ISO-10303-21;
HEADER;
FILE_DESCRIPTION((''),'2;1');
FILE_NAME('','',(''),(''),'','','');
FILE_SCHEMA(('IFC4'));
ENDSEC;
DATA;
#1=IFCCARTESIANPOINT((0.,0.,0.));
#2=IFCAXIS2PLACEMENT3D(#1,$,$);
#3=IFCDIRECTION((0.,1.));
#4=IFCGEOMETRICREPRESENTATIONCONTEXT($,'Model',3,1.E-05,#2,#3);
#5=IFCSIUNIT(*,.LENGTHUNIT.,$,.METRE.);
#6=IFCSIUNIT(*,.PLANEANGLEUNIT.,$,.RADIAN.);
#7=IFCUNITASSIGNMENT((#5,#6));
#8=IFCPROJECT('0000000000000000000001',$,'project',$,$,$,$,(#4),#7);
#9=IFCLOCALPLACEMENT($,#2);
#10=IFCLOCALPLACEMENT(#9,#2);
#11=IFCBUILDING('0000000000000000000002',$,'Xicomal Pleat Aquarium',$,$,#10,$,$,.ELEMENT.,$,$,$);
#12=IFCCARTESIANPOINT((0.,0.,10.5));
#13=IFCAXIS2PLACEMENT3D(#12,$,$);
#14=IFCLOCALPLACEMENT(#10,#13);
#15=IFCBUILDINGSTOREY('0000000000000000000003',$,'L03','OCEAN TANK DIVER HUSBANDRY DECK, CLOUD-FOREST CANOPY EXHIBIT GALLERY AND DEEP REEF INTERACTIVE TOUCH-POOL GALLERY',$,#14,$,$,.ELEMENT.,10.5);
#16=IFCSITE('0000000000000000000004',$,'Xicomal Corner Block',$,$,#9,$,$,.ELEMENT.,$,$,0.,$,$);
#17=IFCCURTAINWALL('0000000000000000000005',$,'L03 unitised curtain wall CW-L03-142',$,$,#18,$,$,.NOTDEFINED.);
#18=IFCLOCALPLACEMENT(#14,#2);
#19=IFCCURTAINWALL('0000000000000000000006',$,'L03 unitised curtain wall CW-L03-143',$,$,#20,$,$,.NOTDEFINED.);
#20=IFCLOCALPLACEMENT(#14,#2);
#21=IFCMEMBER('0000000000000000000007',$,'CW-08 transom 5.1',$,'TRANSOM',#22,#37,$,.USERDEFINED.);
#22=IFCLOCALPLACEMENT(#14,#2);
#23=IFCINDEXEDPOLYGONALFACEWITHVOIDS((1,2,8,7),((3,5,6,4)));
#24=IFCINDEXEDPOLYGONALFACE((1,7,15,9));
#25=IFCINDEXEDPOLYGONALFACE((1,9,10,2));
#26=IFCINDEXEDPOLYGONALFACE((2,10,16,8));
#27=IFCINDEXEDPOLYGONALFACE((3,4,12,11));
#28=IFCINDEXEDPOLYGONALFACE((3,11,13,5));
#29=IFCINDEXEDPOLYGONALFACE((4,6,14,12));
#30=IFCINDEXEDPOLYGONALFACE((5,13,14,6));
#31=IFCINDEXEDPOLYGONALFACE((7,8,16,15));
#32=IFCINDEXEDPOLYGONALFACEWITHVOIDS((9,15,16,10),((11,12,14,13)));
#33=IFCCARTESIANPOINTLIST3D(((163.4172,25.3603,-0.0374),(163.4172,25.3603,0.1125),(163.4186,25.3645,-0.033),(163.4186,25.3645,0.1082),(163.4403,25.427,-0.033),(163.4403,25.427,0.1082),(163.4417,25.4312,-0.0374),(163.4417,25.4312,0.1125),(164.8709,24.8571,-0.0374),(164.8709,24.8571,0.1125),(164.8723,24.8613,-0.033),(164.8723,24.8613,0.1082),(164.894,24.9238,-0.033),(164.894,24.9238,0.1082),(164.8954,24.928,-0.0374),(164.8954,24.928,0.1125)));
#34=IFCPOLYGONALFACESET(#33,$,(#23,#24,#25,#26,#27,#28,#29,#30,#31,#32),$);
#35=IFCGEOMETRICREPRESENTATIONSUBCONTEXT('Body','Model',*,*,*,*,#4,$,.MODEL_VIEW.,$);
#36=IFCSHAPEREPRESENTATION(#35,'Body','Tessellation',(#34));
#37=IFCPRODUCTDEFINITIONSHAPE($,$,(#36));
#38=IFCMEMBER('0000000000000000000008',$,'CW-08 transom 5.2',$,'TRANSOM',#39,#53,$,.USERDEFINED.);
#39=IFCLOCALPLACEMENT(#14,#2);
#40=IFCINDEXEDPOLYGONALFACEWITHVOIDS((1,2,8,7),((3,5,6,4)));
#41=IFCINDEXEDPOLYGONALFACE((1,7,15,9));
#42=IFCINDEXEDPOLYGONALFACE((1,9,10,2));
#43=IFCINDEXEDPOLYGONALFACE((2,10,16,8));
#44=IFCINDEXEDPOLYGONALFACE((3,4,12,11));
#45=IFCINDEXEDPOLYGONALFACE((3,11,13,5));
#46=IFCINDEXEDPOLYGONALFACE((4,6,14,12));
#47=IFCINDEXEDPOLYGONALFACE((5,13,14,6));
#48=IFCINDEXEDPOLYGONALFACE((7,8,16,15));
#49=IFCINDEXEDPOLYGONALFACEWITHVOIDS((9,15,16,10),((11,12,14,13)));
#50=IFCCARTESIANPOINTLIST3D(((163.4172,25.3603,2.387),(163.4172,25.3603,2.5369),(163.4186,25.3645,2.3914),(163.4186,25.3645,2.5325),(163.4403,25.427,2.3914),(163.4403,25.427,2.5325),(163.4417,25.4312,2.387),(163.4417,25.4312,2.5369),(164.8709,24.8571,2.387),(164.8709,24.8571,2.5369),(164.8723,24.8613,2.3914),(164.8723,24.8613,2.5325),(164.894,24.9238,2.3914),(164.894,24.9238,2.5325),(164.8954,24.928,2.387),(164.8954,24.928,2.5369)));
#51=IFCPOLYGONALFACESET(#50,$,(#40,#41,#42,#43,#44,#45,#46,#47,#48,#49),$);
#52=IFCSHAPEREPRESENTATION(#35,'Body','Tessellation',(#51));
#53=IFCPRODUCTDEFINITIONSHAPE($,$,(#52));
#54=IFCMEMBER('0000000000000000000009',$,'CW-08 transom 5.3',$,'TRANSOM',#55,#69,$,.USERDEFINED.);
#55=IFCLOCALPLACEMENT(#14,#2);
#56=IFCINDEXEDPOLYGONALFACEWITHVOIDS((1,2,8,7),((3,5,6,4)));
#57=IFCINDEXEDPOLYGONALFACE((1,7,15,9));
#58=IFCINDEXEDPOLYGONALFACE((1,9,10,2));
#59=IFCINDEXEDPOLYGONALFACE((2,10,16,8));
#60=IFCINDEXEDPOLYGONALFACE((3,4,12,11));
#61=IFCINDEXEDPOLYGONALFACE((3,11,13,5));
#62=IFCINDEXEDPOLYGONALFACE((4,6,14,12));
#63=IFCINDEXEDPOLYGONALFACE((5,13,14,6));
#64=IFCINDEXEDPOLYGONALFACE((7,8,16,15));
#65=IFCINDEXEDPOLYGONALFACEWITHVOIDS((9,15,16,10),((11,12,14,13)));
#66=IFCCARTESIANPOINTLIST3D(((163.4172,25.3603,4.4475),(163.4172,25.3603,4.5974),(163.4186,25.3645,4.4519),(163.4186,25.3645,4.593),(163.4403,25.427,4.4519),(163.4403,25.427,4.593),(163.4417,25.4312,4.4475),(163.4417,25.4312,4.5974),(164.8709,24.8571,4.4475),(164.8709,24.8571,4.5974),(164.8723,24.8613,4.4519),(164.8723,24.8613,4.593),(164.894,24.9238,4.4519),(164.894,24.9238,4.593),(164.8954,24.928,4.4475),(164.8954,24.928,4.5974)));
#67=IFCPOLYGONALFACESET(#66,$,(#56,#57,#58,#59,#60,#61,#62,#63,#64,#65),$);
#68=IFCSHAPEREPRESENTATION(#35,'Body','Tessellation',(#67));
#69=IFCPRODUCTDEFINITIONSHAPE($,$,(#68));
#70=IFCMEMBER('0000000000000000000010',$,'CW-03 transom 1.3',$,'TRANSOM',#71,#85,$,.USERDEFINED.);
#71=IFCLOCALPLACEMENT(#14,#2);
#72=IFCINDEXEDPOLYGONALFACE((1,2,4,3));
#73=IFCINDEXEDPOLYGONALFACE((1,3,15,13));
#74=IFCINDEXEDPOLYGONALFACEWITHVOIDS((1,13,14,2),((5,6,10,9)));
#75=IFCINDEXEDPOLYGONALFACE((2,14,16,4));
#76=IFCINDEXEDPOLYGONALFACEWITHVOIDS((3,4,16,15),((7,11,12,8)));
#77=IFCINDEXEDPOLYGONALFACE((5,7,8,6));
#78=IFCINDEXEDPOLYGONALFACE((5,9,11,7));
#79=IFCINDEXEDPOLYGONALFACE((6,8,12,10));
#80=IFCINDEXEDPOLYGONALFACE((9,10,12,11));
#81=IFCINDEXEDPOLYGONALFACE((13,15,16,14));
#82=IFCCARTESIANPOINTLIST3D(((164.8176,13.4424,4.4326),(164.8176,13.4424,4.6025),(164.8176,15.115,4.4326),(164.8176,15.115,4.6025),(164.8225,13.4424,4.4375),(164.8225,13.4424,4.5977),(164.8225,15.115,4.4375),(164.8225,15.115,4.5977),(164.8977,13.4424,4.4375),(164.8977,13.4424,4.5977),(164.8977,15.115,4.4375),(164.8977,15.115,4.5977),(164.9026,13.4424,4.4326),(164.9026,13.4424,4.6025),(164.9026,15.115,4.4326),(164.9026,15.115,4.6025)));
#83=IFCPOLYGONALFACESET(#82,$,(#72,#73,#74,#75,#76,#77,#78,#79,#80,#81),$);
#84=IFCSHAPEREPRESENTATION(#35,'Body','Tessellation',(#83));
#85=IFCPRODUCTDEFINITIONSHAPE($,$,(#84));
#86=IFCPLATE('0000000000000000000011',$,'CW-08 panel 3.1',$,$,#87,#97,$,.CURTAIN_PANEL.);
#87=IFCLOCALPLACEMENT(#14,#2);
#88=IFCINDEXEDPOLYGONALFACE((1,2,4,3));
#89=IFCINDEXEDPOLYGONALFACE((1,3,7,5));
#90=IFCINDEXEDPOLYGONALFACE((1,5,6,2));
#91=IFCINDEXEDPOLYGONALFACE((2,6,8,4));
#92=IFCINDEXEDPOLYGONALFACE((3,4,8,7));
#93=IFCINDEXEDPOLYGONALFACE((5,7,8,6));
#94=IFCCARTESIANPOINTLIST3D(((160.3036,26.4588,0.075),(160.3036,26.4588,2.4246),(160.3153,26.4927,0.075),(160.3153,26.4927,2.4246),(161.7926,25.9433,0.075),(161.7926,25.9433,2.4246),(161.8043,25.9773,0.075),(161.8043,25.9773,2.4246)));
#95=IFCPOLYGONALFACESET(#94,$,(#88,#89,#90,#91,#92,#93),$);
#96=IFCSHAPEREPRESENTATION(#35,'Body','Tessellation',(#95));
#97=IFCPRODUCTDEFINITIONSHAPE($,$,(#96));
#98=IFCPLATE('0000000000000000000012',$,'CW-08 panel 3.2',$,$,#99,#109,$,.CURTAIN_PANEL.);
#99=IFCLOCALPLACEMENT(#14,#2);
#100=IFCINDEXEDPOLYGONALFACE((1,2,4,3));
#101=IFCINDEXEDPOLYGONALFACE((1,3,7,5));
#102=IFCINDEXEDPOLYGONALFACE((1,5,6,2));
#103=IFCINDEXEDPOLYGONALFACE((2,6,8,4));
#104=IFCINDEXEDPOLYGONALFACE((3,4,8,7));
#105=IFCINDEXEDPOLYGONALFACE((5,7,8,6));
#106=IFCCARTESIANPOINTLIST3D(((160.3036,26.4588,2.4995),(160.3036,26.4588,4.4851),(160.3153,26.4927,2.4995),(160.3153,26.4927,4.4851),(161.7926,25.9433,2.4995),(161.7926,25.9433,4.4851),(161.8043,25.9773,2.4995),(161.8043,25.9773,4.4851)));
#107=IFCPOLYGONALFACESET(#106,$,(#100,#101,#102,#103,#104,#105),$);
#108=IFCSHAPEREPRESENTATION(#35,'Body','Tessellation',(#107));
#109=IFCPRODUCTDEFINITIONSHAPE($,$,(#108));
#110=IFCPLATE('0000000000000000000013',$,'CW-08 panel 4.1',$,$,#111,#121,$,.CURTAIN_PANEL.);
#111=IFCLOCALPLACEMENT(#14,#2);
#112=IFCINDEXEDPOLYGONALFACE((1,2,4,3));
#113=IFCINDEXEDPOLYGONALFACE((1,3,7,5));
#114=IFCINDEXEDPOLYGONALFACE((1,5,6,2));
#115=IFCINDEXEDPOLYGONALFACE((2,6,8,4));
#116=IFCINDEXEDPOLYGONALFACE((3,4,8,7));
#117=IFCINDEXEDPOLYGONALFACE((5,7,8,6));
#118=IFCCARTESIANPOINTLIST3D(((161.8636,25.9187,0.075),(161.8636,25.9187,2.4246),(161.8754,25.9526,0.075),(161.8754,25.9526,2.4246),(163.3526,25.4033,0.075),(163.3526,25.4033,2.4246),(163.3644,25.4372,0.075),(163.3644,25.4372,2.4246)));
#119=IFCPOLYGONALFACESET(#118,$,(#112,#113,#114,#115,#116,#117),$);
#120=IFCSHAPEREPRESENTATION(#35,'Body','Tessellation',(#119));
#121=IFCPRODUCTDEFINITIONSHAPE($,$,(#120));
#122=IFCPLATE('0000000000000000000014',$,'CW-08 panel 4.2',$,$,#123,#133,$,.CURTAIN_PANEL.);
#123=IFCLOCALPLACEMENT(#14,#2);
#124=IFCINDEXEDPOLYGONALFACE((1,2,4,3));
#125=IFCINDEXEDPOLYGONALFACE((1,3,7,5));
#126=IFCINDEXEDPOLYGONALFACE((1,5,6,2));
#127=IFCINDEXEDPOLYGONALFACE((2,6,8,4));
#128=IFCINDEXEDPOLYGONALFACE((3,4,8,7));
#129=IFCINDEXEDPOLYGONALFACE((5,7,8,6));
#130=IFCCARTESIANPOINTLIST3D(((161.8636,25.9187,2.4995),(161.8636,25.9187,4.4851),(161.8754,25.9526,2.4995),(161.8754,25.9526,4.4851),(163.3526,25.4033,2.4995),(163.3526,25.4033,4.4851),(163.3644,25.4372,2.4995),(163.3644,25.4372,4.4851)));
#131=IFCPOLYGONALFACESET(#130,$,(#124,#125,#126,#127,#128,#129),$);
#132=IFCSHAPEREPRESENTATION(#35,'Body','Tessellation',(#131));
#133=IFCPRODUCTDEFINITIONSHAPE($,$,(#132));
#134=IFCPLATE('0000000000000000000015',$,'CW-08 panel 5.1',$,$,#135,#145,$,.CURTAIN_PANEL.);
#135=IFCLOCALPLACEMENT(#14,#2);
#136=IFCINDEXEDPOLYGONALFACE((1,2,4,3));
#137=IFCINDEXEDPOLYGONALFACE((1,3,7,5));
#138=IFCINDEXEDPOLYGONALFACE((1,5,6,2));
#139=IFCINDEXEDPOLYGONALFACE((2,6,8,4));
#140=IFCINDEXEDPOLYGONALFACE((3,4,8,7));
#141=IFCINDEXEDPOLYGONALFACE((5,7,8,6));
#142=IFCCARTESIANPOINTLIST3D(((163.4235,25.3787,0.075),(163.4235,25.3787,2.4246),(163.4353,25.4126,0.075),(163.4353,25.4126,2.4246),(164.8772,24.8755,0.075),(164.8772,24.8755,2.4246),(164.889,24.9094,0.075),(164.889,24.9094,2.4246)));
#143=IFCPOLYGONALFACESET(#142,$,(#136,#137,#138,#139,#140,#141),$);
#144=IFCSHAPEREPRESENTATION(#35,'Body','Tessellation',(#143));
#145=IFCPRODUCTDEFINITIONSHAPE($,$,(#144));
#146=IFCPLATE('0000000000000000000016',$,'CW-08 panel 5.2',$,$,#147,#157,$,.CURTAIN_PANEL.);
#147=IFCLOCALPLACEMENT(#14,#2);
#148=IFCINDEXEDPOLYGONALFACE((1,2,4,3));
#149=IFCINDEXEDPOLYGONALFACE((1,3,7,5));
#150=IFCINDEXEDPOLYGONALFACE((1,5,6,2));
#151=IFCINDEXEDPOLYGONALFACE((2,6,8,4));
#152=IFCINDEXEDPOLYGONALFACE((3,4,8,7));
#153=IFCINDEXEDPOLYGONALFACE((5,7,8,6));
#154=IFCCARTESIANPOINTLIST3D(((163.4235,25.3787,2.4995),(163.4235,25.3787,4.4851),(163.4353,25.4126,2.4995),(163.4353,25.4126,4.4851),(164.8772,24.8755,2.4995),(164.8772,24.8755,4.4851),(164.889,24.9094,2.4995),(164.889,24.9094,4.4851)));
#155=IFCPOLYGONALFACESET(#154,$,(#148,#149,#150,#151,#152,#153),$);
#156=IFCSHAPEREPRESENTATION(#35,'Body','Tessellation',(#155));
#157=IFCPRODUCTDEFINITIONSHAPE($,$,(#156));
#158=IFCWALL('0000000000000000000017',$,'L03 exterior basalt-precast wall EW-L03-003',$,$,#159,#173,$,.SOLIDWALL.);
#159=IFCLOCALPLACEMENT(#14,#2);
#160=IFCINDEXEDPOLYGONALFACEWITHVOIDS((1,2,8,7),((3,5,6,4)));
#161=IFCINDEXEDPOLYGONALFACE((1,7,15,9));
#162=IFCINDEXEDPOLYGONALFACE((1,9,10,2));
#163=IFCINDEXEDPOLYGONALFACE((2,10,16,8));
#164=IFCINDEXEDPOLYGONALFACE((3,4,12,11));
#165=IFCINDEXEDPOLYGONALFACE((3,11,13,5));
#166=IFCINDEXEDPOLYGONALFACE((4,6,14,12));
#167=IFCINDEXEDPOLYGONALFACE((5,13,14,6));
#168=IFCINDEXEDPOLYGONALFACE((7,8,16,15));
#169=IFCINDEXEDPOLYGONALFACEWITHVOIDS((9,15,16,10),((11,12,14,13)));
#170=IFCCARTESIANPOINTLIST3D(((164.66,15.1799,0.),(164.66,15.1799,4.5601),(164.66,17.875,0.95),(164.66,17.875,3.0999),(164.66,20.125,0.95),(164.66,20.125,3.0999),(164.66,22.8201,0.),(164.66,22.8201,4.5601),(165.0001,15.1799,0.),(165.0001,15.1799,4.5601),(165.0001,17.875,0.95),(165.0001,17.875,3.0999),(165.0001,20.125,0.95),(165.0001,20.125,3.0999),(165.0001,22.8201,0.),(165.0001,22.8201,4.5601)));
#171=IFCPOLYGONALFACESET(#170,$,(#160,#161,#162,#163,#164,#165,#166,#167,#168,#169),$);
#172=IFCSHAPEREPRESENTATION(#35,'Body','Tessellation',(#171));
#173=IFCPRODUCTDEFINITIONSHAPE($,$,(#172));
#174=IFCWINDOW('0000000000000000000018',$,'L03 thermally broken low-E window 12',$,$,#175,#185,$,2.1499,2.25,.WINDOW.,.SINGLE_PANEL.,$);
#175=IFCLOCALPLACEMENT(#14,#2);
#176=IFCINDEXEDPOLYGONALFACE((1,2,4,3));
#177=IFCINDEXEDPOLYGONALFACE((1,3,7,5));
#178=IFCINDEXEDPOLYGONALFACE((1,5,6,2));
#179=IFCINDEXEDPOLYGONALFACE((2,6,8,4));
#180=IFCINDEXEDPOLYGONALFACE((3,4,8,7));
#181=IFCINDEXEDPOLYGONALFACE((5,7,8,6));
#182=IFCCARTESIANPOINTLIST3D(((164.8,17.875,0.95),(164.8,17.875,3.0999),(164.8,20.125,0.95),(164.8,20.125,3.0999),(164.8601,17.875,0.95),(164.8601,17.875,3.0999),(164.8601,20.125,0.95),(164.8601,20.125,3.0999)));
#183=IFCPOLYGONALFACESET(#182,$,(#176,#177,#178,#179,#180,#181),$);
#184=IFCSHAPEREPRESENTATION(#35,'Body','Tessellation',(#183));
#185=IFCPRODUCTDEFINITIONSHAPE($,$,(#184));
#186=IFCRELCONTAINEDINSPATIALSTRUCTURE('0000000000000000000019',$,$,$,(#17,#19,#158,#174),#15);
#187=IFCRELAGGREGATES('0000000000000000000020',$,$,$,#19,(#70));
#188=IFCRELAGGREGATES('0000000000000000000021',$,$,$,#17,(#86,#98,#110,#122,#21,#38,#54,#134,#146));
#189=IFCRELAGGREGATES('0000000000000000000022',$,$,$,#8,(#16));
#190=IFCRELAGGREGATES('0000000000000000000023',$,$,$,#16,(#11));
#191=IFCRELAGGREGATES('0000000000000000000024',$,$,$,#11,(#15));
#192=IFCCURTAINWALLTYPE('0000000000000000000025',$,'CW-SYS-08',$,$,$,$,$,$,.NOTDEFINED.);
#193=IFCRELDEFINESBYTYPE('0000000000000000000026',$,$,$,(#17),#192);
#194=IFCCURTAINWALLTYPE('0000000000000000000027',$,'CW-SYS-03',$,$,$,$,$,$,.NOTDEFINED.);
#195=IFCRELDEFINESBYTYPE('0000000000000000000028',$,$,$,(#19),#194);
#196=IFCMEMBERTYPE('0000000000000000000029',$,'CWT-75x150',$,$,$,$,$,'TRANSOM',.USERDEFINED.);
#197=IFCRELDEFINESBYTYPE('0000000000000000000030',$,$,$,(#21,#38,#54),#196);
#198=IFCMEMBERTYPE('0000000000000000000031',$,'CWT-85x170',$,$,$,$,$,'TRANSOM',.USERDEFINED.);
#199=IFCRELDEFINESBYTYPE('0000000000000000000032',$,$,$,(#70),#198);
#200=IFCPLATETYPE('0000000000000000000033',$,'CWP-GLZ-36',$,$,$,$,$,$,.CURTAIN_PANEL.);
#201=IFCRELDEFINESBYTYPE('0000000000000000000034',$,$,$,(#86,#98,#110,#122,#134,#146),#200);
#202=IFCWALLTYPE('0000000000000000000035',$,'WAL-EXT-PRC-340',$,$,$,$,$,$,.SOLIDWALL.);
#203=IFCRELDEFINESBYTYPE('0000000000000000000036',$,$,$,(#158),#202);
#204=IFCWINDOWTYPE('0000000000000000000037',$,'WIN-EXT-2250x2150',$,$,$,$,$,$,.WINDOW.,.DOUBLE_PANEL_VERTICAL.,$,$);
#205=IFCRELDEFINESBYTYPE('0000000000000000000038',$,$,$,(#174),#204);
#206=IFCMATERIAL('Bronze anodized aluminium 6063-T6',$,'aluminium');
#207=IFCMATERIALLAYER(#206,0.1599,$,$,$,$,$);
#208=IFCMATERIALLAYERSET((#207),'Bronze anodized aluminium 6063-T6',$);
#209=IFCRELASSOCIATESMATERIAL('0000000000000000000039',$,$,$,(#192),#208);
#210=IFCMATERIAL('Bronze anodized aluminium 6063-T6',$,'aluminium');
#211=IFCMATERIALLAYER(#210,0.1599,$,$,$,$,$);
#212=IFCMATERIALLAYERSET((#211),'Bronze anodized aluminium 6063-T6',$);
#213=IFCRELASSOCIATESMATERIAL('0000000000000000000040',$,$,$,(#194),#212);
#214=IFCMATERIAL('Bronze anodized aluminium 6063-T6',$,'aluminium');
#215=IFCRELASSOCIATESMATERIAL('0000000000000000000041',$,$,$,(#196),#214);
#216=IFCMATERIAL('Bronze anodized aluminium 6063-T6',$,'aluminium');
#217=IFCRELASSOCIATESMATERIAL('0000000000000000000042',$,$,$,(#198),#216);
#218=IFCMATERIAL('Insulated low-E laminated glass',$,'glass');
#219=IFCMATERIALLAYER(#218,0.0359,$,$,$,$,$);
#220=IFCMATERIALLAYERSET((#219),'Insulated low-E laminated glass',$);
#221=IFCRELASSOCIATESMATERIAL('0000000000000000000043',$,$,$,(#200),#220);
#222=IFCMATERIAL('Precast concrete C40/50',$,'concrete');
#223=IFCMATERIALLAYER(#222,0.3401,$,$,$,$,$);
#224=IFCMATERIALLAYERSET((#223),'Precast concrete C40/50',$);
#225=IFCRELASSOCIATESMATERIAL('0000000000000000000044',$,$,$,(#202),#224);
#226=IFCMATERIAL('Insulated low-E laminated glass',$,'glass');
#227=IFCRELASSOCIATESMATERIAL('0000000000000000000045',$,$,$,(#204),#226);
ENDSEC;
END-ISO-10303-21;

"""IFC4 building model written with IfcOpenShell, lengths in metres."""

from ifc_helpers import new_model, si_unit, direction, frame, frame_2d, origin, origin_2d, place, context, subcontext, project, spatial, rectangle, hollow_rectangle, extrude, material, layer, layer_set, material_profile, profile_set, type_object, element, fill, aggregate, save


model = new_model("IFC4")

# Units and contexts
model_context = context("Model", 3, precision=1e-05, world=origin(), true_north=direction((0.0, 1.0)))
body_context = subcontext(model_context, "Body", "Model", "MODEL_VIEW")
ifc_project = project(units=[si_unit("LENGTHUNIT", "METRE"), si_unit("PLANEANGLEUNIT", "RADIAN")], contexts=[model_context])

# Site, building, storey
site_placement = place(None, origin())
site = spatial("IfcSite", under=ifc_project, at=site_placement, Name="Xicomal Corner Block", CompositionType="ELEMENT", RefElevation=0.0)
building_placement = place(site_placement, origin())
building = spatial("IfcBuilding", under=site, at=building_placement, Name="Xicomal Pleat Aquarium", CompositionType="ELEMENT")
storey_placement = place(building_placement, frame((0.0, 0.0, 10.5)))
storey = spatial("IfcBuildingStorey", under=building, at=storey_placement, Name="L03", Description="OCEAN TANK DIVER HUSBANDRY DECK, CLOUD-FOREST CANOPY EXHIBIT GALLERY AND DEEP REEF INTERACTIVE TOUCH-POOL GALLERY", CompositionType="ELEMENT", Elevation=10.5)

# Curtain wall
ifc_material_1 = material(Name="Bronze anodized aluminium 6063-T6", Category="aluminium")
ifc_layer_1 = layer(ifc_material_1, 0.1599)
ifc_layer_set_1 = layer_set([ifc_layer_1], Name="Bronze anodized aluminium 6063-T6")
curtain_wall_type_1 = type_object("IfcCurtainWallType", Name="CW-SYS-08", PredefinedType="NOTDEFINED", material=ifc_layer_set_1)
curtain_wall_1_placement = place(storey_placement, origin())
curtain_wall_1 = element("IfcCurtainWall", 1, at=curtain_wall_1_placement, inside=storey, type_object=curtain_wall_type_1, Name="L03 unitised curtain wall CW-L03-142", PredefinedType="NOTDEFINED")

# Curtain wall
ifc_material_2 = material(Name="Bronze anodized aluminium 6063-T6", Category="aluminium")
ifc_layer_2 = layer(ifc_material_2, 0.1599)
ifc_layer_set_2 = layer_set([ifc_layer_2], Name="Bronze anodized aluminium 6063-T6")
curtain_wall_type_2 = type_object("IfcCurtainWallType", Name="CW-SYS-03", PredefinedType="NOTDEFINED", material=ifc_layer_set_2)
curtain_wall_2_placement = place(storey_placement, origin())
curtain_wall_2 = element("IfcCurtainWall", 2, at=curtain_wall_2_placement, inside=storey, type_object=curtain_wall_type_2, Name="L03 unitised curtain wall CW-L03-143", PredefinedType="NOTDEFINED")

# Members
ifc_material_3 = material(Name="Bronze anodized aluminium 6063-T6", Category="aluminium")
ifc_material_profile_1 = material_profile(ifc_material_3, hollow_rectangle(XDim=0.075, YDim=0.1499, WallThickness=0.0044, at=origin_2d()), Name="ALU TRAN 75x150")
ifc_profile_set_1 = profile_set([ifc_material_profile_1], Name="Bronze anodized aluminium 6063-T6")
member_type_1 = type_object("IfcMemberType", Name="CWT-75x150", ElementType="TRANSOM", PredefinedType="USERDEFINED", material=ifc_profile_set_1)
member_1_placement = place(storey_placement, frame((163.4294, 25.3958, 0.0376), z_axis=(0.944986, -0.327111, 0.0), x_axis=(0.327111, 0.944986, 0.0)))
member_1 = element("IfcMember", 3, at=member_1_placement, type_object=member_type_1, Name="CW-08 transom 5.1", ObjectType="TRANSOM", PredefinedType="USERDEFINED", context=body_context, shape_type="SweptSolid", body=[
    extrude(hollow_rectangle(XDim=0.075, YDim=0.1499, WallThickness=0.0044, at=origin_2d()), origin(), (0.0, 0.0, 1.0), 1.5383),
])
member_2_placement = place(storey_placement, frame((163.4294, 25.3958, 2.4619), z_axis=(0.944986, -0.327111, 0.0), x_axis=(0.327111, 0.944986, 0.0)))
member_2 = element("IfcMember", 4, at=member_2_placement, type_object=member_type_1, Name="CW-08 transom 5.2", ObjectType="TRANSOM", PredefinedType="USERDEFINED", context=body_context, shape_type="SweptSolid", body=[
    extrude(hollow_rectangle(XDim=0.075, YDim=0.1499, WallThickness=0.0044, at=origin_2d()), origin(), (0.0, 0.0, 1.0), 1.5383),
])
member_3_placement = place(storey_placement, frame((163.4294, 25.3958, 4.5225), z_axis=(0.944986, -0.327111, 0.0), x_axis=(0.327111, 0.944986, 0.0)))
member_3 = element("IfcMember", 5, at=member_3_placement, type_object=member_type_1, Name="CW-08 transom 5.3", ObjectType="TRANSOM", PredefinedType="USERDEFINED", context=body_context, shape_type="SweptSolid", body=[
    extrude(hollow_rectangle(XDim=0.075, YDim=0.1499, WallThickness=0.0044, at=origin_2d()), origin(), (0.0, 0.0, 1.0), 1.5383),
])
ifc_material_4 = material(Name="Bronze anodized aluminium 6063-T6", Category="aluminium")
ifc_material_profile_2 = material_profile(ifc_material_4, hollow_rectangle(XDim=0.085, YDim=0.1699, WallThickness=0.0049, at=origin_2d()), Name="ALU TRAN 85x170")
ifc_profile_set_2 = profile_set([ifc_material_profile_2], Name="Bronze anodized aluminium 6063-T6")
member_type_2 = type_object("IfcMemberType", Name="CWT-85x170", ElementType="TRANSOM", PredefinedType="USERDEFINED", material=ifc_profile_set_2)
member_4_placement = place(storey_placement, frame((164.8601, 15.115, 4.5176), z_axis=(0.0, -1.0, 0.0), x_axis=(1.0, 0.0, 0.0)))
member_4 = element("IfcMember", 6, at=member_4_placement, type_object=member_type_2, Name="CW-03 transom 1.3", ObjectType="TRANSOM", PredefinedType="USERDEFINED", context=body_context, shape_type="SweptSolid", body=[
    extrude(hollow_rectangle(XDim=0.085, YDim=0.1699, WallThickness=0.0049, at=origin_2d()), origin(), (0.0, 0.0, 1.0), 1.6726),
])
aggregate(curtain_wall_2, [member_4])

# Plates
ifc_material_5 = material(Name="Insulated low-E laminated glass", Category="glass")
ifc_layer_3 = layer(ifc_material_5, 0.0359)
ifc_layer_set_3 = layer_set([ifc_layer_3], Name="Insulated low-E laminated glass")
plate_type = type_object("IfcPlateType", Name="CWP-GLZ-36", PredefinedType="CURTAIN_PANEL", material=ifc_layer_set_3)
plate_1_placement = place(storey_placement, frame((161.054, 26.218, 0.075), z_axis=(0.0, 0.0, 1.0), x_axis=(0.944986, -0.327111, 0.0)))
plate_1 = element("IfcPlate", 7, at=plate_1_placement, type_object=plate_type, Name="CW-08 panel 3.1", PredefinedType="CURTAIN_PANEL", context=body_context, shape_type="SweptSolid", body=[
    extrude(rectangle(XDim=1.5757, YDim=0.0359, at=origin_2d()), origin(), (0.0, 0.0, 1.0), 2.3496),
])
plate_2_placement = place(storey_placement, frame((161.054, 26.218, 2.4995), z_axis=(0.0, 0.0, 1.0), x_axis=(0.944986, -0.327111, 0.0)))
plate_2 = element("IfcPlate", 8, at=plate_2_placement, type_object=plate_type, Name="CW-08 panel 3.2", PredefinedType="CURTAIN_PANEL", context=body_context, shape_type="SweptSolid", body=[
    extrude(rectangle(XDim=1.5757, YDim=0.0359, at=origin_2d()), origin(), (0.0, 0.0, 1.0), 1.9856),
])
plate_3_placement = place(storey_placement, frame((162.614, 25.678, 0.075), z_axis=(0.0, 0.0, 1.0), x_axis=(0.944986, -0.327111, 0.0)))
plate_3 = element("IfcPlate", 9, at=plate_3_placement, type_object=plate_type, Name="CW-08 panel 4.1", PredefinedType="CURTAIN_PANEL", context=body_context, shape_type="SweptSolid", body=[
    extrude(rectangle(XDim=1.5757, YDim=0.0359, at=origin_2d()), origin(), (0.0, 0.0, 1.0), 2.3496),
])
plate_4_placement = place(storey_placement, frame((162.614, 25.678, 2.4995), z_axis=(0.0, 0.0, 1.0), x_axis=(0.944986, -0.327111, 0.0)))
plate_4 = element("IfcPlate", 10, at=plate_4_placement, type_object=plate_type, Name="CW-08 panel 4.2", PredefinedType="CURTAIN_PANEL", context=body_context, shape_type="SweptSolid", body=[
    extrude(rectangle(XDim=1.5757, YDim=0.0359, at=origin_2d()), origin(), (0.0, 0.0, 1.0), 1.9856),
])
plate_5_placement = place(storey_placement, frame((164.1562, 25.144, 0.075), z_axis=(0.0, 0.0, 1.0), x_axis=(0.944986, -0.327111, 0.0)))
plate_5 = element("IfcPlate", 11, at=plate_5_placement, type_object=plate_type, Name="CW-08 panel 5.1", PredefinedType="CURTAIN_PANEL", context=body_context, shape_type="SweptSolid", body=[
    extrude(rectangle(XDim=1.5383, YDim=0.0359, at=origin_2d()), origin(), (0.0, 0.0, 1.0), 2.3496),
])
plate_6_placement = place(storey_placement, frame((164.1562, 25.144, 2.4995), z_axis=(0.0, 0.0, 1.0), x_axis=(0.944986, -0.327111, 0.0)))
plate_6 = element("IfcPlate", 12, at=plate_6_placement, type_object=plate_type, Name="CW-08 panel 5.2", PredefinedType="CURTAIN_PANEL", context=body_context, shape_type="SweptSolid", body=[
    extrude(rectangle(XDim=1.5383, YDim=0.0359, at=origin_2d()), origin(), (0.0, 0.0, 1.0), 1.9856),
])
aggregate(curtain_wall_1, [plate_1, plate_2, plate_3, plate_4, member_1, member_2, member_3, plate_5, plate_6])

# Wall, opening, window
ifc_material_6 = material(Name="Precast concrete C40/50", Category="concrete")
ifc_layer_4 = layer(ifc_material_6, 0.3401)
ifc_layer_set_4 = layer_set([ifc_layer_4], Name="Precast concrete C40/50")
wall_type = type_object("IfcWallType", Name="WAL-EXT-PRC-340", PredefinedType="SOLIDWALL", material=ifc_layer_set_4)
wall_placement = place(storey_placement, frame((164.8301, 22.8201, 0.0), z_axis=(0.0, 0.0, 1.0), x_axis=(0.0, -1.0, 0.0)))
wall = element("IfcWall", 13, at=wall_placement, inside=storey, type_object=wall_type, Name="L03 exterior basalt-precast wall EW-L03-003", PredefinedType="SOLIDWALL", context=body_context, shape_type="SweptSolid", body=[
    extrude(rectangle(XDim=7.6401, YDim=0.3401, at=frame_2d((3.8201, 0.0))), origin(), (0.0, 0.0, 1.0), 4.5601),
])
opening_placement = place(wall_placement, frame((2.6951, 0.0, 0.95)))
opening = element("IfcOpeningElement", 14, at=opening_placement, cuts=wall, PredefinedType="OPENING", context=body_context, shape_type="SweptSolid", body=[
    extrude(rectangle(XDim=2.25, YDim=2.1499, at=frame_2d((1.125, 1.075))), frame((0.0, 0.1799, 0.0), z_axis=(0.0, -1.0, 0.0), x_axis=(1.0, 0.0, 0.0)), (0.0, 0.0, 1.0), 0.3601),
])
ifc_material_7 = material(Name="Insulated low-E laminated glass", Category="glass")
window_type = type_object("IfcWindowType", Name="WIN-EXT-2250x2150", PartitioningType="DOUBLE_PANEL_VERTICAL", PredefinedType="WINDOW", material=ifc_material_7)
window_placement = place(opening_placement, origin())
window = element("IfcWindow", 15, at=window_placement, inside=storey, type_object=window_type, Name="L03 thermally broken low-E window 12", OverallHeight=2.1499, OverallWidth=2.25, PartitioningType="SINGLE_PANEL", PredefinedType="WINDOW", context=body_context, shape_type="SweptSolid", body=[
    extrude(rectangle(XDim=2.25, YDim=2.1499, at=frame_2d((1.125, 1.075))), frame((0.0, 0.03, 0.0), z_axis=(0.0, -1.0, 0.0), x_axis=(1.0, 0.0, 0.0)), (0.0, 0.0, 1.0), 0.0601),
])
fill(opening, window)

save(model, "model.ifc")
